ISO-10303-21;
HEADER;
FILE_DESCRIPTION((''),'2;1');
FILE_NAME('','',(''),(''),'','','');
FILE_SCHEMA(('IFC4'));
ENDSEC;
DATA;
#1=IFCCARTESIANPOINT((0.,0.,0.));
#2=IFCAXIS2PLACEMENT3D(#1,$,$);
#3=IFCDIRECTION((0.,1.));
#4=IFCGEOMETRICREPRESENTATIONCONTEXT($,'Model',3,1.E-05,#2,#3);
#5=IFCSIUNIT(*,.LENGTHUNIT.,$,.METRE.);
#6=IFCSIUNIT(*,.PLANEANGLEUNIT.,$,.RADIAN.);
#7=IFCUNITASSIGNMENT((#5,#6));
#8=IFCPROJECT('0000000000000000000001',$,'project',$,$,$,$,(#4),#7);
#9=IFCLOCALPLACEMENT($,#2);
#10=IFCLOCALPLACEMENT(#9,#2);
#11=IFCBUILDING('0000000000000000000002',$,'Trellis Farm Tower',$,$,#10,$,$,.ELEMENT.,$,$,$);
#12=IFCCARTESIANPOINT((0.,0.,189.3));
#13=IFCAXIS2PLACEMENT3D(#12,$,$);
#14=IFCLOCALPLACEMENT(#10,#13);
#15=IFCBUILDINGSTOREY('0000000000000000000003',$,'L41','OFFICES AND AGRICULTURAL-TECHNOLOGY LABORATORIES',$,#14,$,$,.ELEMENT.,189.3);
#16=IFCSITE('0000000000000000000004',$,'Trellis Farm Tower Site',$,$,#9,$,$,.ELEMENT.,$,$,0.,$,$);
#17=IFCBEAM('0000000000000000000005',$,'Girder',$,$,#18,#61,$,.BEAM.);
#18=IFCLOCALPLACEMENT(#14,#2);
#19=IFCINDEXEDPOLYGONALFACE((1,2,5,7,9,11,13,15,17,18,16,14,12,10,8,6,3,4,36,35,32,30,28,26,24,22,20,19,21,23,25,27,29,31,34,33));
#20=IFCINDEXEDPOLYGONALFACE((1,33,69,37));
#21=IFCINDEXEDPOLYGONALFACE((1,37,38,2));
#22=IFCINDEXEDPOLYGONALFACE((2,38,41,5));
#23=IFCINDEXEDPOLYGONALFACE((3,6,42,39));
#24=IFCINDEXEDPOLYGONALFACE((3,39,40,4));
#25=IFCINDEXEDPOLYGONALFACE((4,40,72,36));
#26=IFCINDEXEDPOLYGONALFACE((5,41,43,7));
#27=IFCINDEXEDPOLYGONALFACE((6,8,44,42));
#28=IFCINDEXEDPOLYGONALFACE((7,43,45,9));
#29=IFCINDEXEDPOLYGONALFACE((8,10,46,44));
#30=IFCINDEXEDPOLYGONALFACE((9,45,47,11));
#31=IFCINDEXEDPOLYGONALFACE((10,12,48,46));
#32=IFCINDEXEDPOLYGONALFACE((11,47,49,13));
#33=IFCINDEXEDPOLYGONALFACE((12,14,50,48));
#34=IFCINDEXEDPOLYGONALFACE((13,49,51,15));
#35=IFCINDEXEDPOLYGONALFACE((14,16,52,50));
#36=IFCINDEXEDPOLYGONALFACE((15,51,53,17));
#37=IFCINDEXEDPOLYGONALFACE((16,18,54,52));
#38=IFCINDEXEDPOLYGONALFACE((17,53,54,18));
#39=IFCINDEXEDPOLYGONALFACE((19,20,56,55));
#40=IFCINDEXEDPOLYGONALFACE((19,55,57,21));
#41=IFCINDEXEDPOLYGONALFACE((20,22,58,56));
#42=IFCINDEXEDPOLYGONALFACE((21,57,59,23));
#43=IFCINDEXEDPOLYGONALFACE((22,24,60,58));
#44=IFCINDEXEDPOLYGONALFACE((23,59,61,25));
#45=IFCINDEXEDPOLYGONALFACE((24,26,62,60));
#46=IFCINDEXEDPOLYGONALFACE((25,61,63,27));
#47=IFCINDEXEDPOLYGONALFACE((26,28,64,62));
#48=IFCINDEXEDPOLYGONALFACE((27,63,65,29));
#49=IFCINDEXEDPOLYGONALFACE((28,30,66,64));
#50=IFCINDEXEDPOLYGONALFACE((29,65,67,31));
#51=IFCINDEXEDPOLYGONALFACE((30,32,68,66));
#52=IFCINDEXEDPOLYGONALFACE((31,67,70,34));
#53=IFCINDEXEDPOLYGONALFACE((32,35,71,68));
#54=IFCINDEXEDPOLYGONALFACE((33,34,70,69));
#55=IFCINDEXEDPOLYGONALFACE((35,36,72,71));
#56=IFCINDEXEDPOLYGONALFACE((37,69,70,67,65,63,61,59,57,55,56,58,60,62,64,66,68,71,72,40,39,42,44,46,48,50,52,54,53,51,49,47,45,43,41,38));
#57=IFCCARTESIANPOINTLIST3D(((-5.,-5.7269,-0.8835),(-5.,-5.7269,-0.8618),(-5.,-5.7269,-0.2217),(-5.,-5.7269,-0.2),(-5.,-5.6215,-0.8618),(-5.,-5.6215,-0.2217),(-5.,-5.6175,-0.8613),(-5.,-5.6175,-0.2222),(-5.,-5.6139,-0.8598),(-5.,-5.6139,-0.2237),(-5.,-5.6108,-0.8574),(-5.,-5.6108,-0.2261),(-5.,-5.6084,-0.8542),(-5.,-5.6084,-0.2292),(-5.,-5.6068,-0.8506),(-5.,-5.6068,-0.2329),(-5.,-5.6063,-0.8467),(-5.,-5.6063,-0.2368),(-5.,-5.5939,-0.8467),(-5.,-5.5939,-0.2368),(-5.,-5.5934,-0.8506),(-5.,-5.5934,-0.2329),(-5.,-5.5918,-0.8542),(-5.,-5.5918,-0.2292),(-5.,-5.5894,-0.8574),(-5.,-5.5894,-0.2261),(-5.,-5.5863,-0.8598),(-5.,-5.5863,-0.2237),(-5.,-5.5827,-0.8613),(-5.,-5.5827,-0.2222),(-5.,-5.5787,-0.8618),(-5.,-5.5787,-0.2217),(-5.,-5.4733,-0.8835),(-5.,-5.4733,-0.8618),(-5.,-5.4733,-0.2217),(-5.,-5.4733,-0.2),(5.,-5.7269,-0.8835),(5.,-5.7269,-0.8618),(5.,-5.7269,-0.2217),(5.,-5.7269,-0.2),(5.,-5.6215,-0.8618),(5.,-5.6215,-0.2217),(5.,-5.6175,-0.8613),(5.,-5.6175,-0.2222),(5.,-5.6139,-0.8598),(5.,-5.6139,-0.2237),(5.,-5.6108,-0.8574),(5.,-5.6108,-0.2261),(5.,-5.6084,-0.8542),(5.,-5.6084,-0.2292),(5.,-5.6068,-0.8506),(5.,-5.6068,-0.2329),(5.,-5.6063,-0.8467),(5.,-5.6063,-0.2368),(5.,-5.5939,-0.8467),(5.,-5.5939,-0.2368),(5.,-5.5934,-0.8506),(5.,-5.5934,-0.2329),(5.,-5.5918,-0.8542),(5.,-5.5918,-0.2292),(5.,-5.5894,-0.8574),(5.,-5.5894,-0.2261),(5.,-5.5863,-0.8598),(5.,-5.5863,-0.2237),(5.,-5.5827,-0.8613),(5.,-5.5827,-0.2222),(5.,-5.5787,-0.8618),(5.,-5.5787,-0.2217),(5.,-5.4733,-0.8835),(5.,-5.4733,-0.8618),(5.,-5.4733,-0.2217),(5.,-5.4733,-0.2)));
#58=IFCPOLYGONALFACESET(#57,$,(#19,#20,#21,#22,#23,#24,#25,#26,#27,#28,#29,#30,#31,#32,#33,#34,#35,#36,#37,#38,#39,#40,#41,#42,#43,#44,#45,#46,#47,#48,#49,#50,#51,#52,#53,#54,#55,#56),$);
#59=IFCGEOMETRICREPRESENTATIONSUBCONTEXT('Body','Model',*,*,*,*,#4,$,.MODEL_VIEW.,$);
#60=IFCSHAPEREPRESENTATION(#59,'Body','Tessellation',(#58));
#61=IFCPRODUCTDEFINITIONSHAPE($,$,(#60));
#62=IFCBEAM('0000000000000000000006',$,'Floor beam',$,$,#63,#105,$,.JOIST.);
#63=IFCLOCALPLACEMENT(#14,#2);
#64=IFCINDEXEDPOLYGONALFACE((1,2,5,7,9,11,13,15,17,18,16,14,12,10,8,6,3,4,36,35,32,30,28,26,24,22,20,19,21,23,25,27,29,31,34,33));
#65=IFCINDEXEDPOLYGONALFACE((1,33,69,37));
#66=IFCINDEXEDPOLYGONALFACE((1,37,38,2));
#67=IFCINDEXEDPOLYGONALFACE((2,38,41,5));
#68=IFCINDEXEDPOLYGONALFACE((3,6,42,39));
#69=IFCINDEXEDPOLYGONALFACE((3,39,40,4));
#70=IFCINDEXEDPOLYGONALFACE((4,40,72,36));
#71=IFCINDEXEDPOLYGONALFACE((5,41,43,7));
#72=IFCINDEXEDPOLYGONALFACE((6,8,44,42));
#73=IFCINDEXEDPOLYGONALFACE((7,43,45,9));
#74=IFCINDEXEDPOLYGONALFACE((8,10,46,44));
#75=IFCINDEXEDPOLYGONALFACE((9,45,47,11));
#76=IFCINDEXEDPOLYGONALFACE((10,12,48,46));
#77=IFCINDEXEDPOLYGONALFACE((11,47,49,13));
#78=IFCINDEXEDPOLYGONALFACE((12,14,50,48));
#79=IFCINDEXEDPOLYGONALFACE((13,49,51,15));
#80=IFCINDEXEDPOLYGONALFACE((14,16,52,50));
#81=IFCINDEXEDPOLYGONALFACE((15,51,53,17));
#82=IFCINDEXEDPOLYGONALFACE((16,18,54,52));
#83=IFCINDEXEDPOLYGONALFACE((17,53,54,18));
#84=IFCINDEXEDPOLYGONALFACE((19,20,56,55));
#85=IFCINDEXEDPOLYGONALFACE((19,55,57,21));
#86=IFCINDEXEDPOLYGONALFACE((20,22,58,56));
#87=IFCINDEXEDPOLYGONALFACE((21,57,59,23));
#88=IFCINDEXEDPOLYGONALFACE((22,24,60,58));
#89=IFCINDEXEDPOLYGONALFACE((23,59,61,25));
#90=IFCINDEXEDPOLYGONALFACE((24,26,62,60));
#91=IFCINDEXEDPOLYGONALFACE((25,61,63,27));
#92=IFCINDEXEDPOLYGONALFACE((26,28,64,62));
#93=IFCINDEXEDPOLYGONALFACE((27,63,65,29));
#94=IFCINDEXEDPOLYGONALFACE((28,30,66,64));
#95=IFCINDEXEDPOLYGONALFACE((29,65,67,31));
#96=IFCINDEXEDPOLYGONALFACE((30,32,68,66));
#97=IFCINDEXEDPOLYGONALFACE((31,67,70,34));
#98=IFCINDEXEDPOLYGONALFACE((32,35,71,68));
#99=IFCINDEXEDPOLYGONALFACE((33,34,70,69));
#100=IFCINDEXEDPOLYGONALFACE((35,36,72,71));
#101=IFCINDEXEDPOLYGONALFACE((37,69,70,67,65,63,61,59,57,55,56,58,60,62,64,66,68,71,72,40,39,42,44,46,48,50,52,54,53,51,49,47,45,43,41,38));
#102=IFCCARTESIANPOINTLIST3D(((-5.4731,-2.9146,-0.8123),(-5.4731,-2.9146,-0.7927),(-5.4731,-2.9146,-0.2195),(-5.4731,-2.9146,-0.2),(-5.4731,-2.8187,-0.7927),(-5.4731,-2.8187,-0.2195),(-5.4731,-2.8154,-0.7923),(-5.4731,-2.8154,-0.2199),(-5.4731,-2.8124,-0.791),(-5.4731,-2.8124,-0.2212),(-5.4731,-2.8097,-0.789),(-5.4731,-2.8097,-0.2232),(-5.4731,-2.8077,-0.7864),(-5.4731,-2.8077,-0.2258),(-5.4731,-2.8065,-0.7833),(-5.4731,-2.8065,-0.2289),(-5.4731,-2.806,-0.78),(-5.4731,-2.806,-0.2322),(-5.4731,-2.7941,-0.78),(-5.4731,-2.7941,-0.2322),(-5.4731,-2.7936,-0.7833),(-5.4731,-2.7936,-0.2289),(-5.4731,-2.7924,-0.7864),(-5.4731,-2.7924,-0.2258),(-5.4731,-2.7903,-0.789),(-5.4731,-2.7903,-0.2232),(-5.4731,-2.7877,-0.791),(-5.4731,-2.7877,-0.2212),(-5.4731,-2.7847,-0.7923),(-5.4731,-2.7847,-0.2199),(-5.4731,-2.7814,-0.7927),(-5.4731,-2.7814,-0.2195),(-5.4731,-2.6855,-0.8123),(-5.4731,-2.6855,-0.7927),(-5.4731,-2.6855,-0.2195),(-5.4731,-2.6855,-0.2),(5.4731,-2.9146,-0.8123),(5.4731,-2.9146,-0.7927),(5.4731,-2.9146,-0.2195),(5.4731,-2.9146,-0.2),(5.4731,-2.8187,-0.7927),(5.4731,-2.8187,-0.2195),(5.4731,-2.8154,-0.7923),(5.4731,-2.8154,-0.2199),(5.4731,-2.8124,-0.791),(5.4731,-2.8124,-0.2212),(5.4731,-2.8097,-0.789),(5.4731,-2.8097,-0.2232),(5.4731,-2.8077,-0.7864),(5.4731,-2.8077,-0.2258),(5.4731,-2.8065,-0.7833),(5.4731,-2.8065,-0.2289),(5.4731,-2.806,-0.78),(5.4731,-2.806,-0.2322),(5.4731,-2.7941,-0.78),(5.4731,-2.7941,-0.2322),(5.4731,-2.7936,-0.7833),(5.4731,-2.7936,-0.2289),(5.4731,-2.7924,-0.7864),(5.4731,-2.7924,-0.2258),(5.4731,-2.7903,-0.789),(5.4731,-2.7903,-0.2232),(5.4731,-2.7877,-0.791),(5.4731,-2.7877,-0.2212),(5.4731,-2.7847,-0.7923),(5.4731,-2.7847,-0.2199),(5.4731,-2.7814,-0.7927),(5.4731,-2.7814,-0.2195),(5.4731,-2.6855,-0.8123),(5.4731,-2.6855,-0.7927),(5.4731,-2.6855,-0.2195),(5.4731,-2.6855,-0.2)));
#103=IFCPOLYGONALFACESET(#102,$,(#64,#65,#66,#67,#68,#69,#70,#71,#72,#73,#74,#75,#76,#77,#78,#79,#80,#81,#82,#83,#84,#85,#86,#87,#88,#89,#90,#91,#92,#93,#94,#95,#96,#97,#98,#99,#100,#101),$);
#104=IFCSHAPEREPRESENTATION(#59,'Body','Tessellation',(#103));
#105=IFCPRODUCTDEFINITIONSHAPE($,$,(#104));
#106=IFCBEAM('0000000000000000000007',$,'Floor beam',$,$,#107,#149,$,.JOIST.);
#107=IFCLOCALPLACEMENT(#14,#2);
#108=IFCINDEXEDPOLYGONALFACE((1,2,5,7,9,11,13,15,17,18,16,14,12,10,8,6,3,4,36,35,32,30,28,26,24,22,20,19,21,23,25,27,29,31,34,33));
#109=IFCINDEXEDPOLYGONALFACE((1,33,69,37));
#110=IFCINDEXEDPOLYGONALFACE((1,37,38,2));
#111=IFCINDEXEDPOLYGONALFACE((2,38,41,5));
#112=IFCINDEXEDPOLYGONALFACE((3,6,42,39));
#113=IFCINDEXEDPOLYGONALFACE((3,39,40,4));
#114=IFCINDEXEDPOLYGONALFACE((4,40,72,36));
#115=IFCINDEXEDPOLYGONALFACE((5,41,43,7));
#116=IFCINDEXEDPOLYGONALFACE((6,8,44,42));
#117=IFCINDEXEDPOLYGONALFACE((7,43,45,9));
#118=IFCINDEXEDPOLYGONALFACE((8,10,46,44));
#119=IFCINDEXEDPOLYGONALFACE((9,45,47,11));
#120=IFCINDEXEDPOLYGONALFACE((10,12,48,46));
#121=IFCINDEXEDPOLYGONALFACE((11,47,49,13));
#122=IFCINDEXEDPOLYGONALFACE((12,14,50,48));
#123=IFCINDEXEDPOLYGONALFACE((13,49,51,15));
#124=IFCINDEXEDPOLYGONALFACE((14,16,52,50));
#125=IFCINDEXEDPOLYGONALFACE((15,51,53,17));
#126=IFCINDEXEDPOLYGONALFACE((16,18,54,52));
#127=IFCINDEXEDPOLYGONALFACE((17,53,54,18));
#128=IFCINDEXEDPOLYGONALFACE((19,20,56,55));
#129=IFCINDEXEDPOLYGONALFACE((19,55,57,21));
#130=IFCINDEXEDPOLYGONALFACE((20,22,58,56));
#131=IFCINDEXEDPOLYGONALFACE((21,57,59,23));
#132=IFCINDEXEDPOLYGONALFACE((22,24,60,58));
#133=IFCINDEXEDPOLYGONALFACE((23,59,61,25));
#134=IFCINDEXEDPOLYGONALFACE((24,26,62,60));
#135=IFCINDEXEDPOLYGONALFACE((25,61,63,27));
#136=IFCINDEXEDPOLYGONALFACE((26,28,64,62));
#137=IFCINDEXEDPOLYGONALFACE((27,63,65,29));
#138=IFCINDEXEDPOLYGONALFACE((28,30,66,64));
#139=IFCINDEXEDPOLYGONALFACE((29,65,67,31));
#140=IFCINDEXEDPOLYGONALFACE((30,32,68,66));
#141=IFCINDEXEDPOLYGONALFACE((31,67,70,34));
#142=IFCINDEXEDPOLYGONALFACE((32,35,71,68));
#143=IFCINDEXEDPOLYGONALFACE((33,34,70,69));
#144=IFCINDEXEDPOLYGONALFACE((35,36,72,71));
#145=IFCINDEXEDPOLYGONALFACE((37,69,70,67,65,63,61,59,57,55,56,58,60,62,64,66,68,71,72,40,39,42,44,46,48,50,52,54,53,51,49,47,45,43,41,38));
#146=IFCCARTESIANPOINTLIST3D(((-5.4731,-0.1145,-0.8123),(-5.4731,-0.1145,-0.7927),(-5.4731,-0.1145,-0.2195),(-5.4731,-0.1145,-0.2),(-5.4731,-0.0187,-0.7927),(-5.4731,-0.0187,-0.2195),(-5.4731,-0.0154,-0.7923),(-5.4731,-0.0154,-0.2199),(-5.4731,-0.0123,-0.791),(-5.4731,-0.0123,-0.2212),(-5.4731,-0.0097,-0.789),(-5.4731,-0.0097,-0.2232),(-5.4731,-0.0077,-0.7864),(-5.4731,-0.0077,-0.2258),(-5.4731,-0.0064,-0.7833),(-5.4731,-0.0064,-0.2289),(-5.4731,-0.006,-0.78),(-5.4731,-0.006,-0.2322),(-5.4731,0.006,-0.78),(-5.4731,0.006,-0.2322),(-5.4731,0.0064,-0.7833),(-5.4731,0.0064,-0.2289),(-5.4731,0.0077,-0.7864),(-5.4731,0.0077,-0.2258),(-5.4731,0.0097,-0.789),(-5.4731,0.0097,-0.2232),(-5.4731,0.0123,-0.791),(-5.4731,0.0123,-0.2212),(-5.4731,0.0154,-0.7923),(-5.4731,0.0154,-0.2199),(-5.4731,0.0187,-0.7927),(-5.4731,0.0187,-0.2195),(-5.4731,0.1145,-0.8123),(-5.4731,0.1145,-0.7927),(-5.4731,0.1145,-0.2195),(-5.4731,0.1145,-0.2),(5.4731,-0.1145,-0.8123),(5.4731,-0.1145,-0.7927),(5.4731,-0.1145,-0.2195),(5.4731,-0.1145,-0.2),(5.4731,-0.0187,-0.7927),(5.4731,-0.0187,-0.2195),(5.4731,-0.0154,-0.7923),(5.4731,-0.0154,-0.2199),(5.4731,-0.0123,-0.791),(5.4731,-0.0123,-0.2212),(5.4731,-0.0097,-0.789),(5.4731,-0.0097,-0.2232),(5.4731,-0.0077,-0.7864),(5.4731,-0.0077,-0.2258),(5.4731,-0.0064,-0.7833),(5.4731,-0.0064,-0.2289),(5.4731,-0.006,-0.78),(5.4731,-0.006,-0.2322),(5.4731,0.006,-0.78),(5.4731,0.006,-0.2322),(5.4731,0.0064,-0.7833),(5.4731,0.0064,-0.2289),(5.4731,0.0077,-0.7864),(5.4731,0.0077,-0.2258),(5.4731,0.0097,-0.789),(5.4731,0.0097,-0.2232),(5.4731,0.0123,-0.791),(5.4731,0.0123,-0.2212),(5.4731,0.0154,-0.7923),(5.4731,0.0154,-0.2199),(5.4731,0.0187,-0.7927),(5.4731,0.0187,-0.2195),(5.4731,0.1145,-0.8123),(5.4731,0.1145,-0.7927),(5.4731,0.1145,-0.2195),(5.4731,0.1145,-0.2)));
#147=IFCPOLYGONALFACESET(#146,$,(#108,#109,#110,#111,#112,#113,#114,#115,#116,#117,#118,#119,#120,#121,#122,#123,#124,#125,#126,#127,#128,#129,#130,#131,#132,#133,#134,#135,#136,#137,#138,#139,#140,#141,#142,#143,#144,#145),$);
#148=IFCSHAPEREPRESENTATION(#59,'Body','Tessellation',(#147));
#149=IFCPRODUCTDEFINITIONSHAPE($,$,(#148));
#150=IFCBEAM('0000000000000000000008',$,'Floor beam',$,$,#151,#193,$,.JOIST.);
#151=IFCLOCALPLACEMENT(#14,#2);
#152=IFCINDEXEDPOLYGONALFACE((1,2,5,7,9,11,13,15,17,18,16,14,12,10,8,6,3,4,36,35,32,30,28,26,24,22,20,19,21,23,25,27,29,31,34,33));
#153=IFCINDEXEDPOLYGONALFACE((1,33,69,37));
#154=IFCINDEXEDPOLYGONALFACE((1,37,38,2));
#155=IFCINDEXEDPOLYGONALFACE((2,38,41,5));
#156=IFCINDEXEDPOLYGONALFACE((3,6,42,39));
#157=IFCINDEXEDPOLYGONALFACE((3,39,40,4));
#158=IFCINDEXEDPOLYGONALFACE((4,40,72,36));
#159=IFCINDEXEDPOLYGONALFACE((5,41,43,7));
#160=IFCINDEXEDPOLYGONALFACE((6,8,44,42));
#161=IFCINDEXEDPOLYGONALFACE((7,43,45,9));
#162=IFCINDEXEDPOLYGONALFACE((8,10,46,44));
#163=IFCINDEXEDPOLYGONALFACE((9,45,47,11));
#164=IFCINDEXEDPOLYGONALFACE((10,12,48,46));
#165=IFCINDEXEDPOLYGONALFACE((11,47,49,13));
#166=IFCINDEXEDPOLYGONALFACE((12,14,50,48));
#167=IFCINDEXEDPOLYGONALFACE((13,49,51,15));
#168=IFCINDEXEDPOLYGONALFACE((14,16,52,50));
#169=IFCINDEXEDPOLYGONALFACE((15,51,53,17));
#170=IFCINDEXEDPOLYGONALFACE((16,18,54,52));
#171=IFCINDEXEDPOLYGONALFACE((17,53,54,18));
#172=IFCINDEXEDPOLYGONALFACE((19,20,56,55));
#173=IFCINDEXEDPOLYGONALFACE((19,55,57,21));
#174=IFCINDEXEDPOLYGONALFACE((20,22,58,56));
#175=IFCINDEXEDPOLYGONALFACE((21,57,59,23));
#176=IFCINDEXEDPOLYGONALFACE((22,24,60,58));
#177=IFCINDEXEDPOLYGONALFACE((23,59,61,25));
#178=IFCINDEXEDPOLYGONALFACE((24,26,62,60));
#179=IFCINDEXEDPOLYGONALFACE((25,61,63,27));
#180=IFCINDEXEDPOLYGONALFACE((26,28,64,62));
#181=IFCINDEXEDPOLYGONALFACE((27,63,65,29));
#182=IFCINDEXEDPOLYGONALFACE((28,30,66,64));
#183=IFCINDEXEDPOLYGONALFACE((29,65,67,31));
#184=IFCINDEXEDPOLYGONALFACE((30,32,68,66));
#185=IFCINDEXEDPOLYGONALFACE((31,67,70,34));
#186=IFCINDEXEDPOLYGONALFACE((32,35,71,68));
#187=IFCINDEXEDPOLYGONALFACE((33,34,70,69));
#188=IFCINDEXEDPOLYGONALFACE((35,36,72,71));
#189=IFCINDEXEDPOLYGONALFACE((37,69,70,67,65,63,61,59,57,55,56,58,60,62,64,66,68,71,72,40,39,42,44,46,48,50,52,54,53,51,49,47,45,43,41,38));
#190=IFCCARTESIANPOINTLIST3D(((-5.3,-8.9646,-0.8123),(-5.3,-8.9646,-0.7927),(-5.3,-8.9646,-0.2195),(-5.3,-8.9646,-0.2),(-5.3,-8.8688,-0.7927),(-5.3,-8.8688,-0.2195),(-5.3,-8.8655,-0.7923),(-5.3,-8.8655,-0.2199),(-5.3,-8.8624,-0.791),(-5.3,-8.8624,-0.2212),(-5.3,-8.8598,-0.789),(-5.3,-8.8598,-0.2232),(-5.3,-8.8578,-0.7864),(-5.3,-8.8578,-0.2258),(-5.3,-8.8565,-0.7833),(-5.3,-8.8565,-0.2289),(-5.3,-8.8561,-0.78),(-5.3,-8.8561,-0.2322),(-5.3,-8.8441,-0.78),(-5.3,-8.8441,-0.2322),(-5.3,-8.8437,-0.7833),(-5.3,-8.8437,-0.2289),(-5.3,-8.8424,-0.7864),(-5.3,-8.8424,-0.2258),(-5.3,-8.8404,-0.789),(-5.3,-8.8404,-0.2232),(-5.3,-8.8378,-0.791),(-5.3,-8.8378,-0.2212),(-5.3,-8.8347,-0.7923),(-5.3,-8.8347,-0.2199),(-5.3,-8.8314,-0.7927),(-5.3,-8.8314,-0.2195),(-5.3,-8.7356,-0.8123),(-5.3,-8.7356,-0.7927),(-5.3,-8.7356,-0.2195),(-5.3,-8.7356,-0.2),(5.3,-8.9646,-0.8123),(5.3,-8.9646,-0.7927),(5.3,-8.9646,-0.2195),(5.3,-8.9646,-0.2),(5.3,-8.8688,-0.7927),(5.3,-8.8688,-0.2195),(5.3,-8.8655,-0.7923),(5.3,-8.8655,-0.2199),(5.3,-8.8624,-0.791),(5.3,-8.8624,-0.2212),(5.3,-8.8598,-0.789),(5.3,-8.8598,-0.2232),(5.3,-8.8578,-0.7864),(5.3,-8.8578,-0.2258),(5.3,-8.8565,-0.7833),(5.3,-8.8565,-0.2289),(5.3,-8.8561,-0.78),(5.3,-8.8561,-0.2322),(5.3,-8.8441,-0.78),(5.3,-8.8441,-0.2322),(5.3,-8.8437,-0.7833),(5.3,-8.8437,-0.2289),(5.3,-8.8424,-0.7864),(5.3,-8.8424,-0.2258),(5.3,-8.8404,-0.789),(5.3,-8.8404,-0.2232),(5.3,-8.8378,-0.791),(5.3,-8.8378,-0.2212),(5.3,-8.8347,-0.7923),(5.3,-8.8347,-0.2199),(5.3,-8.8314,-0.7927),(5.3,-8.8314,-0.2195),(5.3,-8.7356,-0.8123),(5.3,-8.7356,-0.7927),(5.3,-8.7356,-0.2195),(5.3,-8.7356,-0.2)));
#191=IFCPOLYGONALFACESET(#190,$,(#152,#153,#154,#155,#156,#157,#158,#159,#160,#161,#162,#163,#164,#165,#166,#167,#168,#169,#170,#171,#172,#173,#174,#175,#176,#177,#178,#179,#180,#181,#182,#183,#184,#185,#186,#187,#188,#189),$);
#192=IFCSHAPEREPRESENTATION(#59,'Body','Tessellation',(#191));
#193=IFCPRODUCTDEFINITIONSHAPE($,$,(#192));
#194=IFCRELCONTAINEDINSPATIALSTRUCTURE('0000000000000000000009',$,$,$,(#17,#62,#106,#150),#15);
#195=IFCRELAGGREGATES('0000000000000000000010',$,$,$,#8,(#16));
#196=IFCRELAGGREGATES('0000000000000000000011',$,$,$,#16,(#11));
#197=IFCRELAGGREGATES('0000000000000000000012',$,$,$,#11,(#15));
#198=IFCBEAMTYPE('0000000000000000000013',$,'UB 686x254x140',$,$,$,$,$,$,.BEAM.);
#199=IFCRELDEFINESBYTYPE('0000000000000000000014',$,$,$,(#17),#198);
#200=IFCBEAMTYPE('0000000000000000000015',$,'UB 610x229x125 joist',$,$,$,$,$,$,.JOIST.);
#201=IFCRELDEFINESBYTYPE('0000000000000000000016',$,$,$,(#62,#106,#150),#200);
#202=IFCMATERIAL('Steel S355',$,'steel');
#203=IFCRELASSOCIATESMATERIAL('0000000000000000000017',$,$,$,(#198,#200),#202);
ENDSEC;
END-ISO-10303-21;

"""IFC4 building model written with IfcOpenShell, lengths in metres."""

from ifc_helpers import new_model, si_unit, direction, frame, origin, origin_2d, place, context, subcontext, project, spatial, i_section, extrude, source, transform, mapped, material, material_profile, profile_set, type_object, element, save


model = new_model("IFC4")

# Units and contexts
model_context = context("Model", 3, precision=1e-05, world=origin(), true_north=direction((0.0, 1.0)))
body_context = subcontext(model_context, "Body", "Model", "MODEL_VIEW")
ifc_project = project(units=[si_unit("LENGTHUNIT", "METRE"), si_unit("PLANEANGLEUNIT", "RADIAN")], contexts=[model_context])

# Site, building, storey
site_placement = place(None, origin())
site = spatial("IfcSite", under=ifc_project, at=site_placement, Name="Trellis Farm Tower Site", CompositionType="ELEMENT", RefElevation=0.0)
building_placement = place(site_placement, origin())
building = spatial("IfcBuilding", under=site, at=building_placement, Name="Trellis Farm Tower", CompositionType="ELEMENT")
storey_placement = place(building_placement, frame((0.0, 0.0, 189.3)))
storey = spatial("IfcBuildingStorey", under=building, at=storey_placement, Name="L41", Description="OFFICES AND AGRICULTURAL-TECHNOLOGY LABORATORIES", CompositionType="ELEMENT", Elevation=189.3)

# Beams
ifc_material_1 = material(Name="Steel S355", Category="steel")
ifc_material_profile_1 = material_profile(ifc_material_1, i_section(OverallWidth=0.2537, OverallDepth=0.6836, WebThickness=0.0125, FlangeThickness=0.0217, FilletRadius=0.0151, at=origin_2d()), Name="UB 686x254x140")
ifc_profile_set_1 = profile_set([ifc_material_profile_1], Name="Steel S355")
beam_type_1 = type_object("IfcBeamType", Name="UB 686x254x140", PredefinedType="BEAM", material=ifc_profile_set_1)
shared_shape_1 = source(origin(), body_context, "Body", "SweptSolid", [
    extrude(i_section(OverallWidth=0.2537, OverallDepth=0.6836, WebThickness=0.0125, FlangeThickness=0.0217, FilletRadius=0.0151, at=origin_2d()), origin(), (0.0, 0.0, 1.0), 10.0),
])
beam_1_placement = place(storey_placement, frame((-5.0, -5.6001, -0.5417), z_axis=(1.0, 0.0, 0.0), x_axis=(0.0, 1.0, 0.0)))
element("IfcBeam", 1, at=beam_1_placement, inside=storey, type_object=beam_type_1, Name="Girder", PredefinedType="BEAM", context=body_context, shape_type="MappedRepresentation", body=[
    mapped(shared_shape_1, transform((0.0, 0.0, 0.0))),
])
ifc_material_profile_2 = material_profile(ifc_material_1, i_section(OverallWidth=0.229, OverallDepth=0.6123, WebThickness=0.012, FlangeThickness=0.0195, FilletRadius=0.0127, at=origin_2d()), Name="UB 610x229x125")
ifc_profile_set_2 = profile_set([ifc_material_profile_2], Name="Steel S355")
beam_type_2 = type_object("IfcBeamType", Name="UB 610x229x125 joist", PredefinedType="JOIST", material=ifc_profile_set_2)
shared_shape_2 = source(origin(), body_context, "Body", "SweptSolid", [
    extrude(i_section(OverallWidth=0.229, OverallDepth=0.6123, WebThickness=0.012, FlangeThickness=0.0195, FilletRadius=0.0127, at=origin_2d()), origin(), (0.0, 0.0, 1.0), 10.9463),
])
for number, where, z_axis, x_axis, name in (
    (2, (-5.4731, -2.8, -0.5061), (1.0, 0.0, 0.0), (0.0, 1.0, 0.0), "Floor beam"),
    (3, (-5.4731, 0.0, -0.5061), (1.0, 0.0, 0.0), (0.0, 1.0, 0.0), "Floor beam"),
):
    element("IfcBeam", number, at=place(storey_placement, frame(where, z_axis=z_axis, x_axis=x_axis)), inside=storey, type_object=beam_type_2, Name=name, PredefinedType="JOIST", context=body_context, shape_type="MappedRepresentation", body=[
        mapped(shared_shape_2, transform((0.0, 0.0, 0.0))),
    ])
shared_shape_3 = source(origin(), body_context, "Body", "SweptSolid", [
    extrude(i_section(OverallWidth=0.229, OverallDepth=0.6123, WebThickness=0.012, FlangeThickness=0.0195, FilletRadius=0.0127, at=origin_2d()), origin(), (0.0, 0.0, 1.0), 10.6001),
])
beam_2_placement = place(storey_placement, frame((-5.3, -8.8501, -0.5061), z_axis=(1.0, 0.0, 0.0), x_axis=(0.0, 1.0, 0.0)))
element("IfcBeam", 4, at=beam_2_placement, inside=storey, type_object=beam_type_2, Name="Floor beam", PredefinedType="JOIST", context=body_context, shape_type="MappedRepresentation", body=[
    mapped(shared_shape_3, transform((0.0, 0.0, 0.0))),
])

save(model, "model.ifc")
